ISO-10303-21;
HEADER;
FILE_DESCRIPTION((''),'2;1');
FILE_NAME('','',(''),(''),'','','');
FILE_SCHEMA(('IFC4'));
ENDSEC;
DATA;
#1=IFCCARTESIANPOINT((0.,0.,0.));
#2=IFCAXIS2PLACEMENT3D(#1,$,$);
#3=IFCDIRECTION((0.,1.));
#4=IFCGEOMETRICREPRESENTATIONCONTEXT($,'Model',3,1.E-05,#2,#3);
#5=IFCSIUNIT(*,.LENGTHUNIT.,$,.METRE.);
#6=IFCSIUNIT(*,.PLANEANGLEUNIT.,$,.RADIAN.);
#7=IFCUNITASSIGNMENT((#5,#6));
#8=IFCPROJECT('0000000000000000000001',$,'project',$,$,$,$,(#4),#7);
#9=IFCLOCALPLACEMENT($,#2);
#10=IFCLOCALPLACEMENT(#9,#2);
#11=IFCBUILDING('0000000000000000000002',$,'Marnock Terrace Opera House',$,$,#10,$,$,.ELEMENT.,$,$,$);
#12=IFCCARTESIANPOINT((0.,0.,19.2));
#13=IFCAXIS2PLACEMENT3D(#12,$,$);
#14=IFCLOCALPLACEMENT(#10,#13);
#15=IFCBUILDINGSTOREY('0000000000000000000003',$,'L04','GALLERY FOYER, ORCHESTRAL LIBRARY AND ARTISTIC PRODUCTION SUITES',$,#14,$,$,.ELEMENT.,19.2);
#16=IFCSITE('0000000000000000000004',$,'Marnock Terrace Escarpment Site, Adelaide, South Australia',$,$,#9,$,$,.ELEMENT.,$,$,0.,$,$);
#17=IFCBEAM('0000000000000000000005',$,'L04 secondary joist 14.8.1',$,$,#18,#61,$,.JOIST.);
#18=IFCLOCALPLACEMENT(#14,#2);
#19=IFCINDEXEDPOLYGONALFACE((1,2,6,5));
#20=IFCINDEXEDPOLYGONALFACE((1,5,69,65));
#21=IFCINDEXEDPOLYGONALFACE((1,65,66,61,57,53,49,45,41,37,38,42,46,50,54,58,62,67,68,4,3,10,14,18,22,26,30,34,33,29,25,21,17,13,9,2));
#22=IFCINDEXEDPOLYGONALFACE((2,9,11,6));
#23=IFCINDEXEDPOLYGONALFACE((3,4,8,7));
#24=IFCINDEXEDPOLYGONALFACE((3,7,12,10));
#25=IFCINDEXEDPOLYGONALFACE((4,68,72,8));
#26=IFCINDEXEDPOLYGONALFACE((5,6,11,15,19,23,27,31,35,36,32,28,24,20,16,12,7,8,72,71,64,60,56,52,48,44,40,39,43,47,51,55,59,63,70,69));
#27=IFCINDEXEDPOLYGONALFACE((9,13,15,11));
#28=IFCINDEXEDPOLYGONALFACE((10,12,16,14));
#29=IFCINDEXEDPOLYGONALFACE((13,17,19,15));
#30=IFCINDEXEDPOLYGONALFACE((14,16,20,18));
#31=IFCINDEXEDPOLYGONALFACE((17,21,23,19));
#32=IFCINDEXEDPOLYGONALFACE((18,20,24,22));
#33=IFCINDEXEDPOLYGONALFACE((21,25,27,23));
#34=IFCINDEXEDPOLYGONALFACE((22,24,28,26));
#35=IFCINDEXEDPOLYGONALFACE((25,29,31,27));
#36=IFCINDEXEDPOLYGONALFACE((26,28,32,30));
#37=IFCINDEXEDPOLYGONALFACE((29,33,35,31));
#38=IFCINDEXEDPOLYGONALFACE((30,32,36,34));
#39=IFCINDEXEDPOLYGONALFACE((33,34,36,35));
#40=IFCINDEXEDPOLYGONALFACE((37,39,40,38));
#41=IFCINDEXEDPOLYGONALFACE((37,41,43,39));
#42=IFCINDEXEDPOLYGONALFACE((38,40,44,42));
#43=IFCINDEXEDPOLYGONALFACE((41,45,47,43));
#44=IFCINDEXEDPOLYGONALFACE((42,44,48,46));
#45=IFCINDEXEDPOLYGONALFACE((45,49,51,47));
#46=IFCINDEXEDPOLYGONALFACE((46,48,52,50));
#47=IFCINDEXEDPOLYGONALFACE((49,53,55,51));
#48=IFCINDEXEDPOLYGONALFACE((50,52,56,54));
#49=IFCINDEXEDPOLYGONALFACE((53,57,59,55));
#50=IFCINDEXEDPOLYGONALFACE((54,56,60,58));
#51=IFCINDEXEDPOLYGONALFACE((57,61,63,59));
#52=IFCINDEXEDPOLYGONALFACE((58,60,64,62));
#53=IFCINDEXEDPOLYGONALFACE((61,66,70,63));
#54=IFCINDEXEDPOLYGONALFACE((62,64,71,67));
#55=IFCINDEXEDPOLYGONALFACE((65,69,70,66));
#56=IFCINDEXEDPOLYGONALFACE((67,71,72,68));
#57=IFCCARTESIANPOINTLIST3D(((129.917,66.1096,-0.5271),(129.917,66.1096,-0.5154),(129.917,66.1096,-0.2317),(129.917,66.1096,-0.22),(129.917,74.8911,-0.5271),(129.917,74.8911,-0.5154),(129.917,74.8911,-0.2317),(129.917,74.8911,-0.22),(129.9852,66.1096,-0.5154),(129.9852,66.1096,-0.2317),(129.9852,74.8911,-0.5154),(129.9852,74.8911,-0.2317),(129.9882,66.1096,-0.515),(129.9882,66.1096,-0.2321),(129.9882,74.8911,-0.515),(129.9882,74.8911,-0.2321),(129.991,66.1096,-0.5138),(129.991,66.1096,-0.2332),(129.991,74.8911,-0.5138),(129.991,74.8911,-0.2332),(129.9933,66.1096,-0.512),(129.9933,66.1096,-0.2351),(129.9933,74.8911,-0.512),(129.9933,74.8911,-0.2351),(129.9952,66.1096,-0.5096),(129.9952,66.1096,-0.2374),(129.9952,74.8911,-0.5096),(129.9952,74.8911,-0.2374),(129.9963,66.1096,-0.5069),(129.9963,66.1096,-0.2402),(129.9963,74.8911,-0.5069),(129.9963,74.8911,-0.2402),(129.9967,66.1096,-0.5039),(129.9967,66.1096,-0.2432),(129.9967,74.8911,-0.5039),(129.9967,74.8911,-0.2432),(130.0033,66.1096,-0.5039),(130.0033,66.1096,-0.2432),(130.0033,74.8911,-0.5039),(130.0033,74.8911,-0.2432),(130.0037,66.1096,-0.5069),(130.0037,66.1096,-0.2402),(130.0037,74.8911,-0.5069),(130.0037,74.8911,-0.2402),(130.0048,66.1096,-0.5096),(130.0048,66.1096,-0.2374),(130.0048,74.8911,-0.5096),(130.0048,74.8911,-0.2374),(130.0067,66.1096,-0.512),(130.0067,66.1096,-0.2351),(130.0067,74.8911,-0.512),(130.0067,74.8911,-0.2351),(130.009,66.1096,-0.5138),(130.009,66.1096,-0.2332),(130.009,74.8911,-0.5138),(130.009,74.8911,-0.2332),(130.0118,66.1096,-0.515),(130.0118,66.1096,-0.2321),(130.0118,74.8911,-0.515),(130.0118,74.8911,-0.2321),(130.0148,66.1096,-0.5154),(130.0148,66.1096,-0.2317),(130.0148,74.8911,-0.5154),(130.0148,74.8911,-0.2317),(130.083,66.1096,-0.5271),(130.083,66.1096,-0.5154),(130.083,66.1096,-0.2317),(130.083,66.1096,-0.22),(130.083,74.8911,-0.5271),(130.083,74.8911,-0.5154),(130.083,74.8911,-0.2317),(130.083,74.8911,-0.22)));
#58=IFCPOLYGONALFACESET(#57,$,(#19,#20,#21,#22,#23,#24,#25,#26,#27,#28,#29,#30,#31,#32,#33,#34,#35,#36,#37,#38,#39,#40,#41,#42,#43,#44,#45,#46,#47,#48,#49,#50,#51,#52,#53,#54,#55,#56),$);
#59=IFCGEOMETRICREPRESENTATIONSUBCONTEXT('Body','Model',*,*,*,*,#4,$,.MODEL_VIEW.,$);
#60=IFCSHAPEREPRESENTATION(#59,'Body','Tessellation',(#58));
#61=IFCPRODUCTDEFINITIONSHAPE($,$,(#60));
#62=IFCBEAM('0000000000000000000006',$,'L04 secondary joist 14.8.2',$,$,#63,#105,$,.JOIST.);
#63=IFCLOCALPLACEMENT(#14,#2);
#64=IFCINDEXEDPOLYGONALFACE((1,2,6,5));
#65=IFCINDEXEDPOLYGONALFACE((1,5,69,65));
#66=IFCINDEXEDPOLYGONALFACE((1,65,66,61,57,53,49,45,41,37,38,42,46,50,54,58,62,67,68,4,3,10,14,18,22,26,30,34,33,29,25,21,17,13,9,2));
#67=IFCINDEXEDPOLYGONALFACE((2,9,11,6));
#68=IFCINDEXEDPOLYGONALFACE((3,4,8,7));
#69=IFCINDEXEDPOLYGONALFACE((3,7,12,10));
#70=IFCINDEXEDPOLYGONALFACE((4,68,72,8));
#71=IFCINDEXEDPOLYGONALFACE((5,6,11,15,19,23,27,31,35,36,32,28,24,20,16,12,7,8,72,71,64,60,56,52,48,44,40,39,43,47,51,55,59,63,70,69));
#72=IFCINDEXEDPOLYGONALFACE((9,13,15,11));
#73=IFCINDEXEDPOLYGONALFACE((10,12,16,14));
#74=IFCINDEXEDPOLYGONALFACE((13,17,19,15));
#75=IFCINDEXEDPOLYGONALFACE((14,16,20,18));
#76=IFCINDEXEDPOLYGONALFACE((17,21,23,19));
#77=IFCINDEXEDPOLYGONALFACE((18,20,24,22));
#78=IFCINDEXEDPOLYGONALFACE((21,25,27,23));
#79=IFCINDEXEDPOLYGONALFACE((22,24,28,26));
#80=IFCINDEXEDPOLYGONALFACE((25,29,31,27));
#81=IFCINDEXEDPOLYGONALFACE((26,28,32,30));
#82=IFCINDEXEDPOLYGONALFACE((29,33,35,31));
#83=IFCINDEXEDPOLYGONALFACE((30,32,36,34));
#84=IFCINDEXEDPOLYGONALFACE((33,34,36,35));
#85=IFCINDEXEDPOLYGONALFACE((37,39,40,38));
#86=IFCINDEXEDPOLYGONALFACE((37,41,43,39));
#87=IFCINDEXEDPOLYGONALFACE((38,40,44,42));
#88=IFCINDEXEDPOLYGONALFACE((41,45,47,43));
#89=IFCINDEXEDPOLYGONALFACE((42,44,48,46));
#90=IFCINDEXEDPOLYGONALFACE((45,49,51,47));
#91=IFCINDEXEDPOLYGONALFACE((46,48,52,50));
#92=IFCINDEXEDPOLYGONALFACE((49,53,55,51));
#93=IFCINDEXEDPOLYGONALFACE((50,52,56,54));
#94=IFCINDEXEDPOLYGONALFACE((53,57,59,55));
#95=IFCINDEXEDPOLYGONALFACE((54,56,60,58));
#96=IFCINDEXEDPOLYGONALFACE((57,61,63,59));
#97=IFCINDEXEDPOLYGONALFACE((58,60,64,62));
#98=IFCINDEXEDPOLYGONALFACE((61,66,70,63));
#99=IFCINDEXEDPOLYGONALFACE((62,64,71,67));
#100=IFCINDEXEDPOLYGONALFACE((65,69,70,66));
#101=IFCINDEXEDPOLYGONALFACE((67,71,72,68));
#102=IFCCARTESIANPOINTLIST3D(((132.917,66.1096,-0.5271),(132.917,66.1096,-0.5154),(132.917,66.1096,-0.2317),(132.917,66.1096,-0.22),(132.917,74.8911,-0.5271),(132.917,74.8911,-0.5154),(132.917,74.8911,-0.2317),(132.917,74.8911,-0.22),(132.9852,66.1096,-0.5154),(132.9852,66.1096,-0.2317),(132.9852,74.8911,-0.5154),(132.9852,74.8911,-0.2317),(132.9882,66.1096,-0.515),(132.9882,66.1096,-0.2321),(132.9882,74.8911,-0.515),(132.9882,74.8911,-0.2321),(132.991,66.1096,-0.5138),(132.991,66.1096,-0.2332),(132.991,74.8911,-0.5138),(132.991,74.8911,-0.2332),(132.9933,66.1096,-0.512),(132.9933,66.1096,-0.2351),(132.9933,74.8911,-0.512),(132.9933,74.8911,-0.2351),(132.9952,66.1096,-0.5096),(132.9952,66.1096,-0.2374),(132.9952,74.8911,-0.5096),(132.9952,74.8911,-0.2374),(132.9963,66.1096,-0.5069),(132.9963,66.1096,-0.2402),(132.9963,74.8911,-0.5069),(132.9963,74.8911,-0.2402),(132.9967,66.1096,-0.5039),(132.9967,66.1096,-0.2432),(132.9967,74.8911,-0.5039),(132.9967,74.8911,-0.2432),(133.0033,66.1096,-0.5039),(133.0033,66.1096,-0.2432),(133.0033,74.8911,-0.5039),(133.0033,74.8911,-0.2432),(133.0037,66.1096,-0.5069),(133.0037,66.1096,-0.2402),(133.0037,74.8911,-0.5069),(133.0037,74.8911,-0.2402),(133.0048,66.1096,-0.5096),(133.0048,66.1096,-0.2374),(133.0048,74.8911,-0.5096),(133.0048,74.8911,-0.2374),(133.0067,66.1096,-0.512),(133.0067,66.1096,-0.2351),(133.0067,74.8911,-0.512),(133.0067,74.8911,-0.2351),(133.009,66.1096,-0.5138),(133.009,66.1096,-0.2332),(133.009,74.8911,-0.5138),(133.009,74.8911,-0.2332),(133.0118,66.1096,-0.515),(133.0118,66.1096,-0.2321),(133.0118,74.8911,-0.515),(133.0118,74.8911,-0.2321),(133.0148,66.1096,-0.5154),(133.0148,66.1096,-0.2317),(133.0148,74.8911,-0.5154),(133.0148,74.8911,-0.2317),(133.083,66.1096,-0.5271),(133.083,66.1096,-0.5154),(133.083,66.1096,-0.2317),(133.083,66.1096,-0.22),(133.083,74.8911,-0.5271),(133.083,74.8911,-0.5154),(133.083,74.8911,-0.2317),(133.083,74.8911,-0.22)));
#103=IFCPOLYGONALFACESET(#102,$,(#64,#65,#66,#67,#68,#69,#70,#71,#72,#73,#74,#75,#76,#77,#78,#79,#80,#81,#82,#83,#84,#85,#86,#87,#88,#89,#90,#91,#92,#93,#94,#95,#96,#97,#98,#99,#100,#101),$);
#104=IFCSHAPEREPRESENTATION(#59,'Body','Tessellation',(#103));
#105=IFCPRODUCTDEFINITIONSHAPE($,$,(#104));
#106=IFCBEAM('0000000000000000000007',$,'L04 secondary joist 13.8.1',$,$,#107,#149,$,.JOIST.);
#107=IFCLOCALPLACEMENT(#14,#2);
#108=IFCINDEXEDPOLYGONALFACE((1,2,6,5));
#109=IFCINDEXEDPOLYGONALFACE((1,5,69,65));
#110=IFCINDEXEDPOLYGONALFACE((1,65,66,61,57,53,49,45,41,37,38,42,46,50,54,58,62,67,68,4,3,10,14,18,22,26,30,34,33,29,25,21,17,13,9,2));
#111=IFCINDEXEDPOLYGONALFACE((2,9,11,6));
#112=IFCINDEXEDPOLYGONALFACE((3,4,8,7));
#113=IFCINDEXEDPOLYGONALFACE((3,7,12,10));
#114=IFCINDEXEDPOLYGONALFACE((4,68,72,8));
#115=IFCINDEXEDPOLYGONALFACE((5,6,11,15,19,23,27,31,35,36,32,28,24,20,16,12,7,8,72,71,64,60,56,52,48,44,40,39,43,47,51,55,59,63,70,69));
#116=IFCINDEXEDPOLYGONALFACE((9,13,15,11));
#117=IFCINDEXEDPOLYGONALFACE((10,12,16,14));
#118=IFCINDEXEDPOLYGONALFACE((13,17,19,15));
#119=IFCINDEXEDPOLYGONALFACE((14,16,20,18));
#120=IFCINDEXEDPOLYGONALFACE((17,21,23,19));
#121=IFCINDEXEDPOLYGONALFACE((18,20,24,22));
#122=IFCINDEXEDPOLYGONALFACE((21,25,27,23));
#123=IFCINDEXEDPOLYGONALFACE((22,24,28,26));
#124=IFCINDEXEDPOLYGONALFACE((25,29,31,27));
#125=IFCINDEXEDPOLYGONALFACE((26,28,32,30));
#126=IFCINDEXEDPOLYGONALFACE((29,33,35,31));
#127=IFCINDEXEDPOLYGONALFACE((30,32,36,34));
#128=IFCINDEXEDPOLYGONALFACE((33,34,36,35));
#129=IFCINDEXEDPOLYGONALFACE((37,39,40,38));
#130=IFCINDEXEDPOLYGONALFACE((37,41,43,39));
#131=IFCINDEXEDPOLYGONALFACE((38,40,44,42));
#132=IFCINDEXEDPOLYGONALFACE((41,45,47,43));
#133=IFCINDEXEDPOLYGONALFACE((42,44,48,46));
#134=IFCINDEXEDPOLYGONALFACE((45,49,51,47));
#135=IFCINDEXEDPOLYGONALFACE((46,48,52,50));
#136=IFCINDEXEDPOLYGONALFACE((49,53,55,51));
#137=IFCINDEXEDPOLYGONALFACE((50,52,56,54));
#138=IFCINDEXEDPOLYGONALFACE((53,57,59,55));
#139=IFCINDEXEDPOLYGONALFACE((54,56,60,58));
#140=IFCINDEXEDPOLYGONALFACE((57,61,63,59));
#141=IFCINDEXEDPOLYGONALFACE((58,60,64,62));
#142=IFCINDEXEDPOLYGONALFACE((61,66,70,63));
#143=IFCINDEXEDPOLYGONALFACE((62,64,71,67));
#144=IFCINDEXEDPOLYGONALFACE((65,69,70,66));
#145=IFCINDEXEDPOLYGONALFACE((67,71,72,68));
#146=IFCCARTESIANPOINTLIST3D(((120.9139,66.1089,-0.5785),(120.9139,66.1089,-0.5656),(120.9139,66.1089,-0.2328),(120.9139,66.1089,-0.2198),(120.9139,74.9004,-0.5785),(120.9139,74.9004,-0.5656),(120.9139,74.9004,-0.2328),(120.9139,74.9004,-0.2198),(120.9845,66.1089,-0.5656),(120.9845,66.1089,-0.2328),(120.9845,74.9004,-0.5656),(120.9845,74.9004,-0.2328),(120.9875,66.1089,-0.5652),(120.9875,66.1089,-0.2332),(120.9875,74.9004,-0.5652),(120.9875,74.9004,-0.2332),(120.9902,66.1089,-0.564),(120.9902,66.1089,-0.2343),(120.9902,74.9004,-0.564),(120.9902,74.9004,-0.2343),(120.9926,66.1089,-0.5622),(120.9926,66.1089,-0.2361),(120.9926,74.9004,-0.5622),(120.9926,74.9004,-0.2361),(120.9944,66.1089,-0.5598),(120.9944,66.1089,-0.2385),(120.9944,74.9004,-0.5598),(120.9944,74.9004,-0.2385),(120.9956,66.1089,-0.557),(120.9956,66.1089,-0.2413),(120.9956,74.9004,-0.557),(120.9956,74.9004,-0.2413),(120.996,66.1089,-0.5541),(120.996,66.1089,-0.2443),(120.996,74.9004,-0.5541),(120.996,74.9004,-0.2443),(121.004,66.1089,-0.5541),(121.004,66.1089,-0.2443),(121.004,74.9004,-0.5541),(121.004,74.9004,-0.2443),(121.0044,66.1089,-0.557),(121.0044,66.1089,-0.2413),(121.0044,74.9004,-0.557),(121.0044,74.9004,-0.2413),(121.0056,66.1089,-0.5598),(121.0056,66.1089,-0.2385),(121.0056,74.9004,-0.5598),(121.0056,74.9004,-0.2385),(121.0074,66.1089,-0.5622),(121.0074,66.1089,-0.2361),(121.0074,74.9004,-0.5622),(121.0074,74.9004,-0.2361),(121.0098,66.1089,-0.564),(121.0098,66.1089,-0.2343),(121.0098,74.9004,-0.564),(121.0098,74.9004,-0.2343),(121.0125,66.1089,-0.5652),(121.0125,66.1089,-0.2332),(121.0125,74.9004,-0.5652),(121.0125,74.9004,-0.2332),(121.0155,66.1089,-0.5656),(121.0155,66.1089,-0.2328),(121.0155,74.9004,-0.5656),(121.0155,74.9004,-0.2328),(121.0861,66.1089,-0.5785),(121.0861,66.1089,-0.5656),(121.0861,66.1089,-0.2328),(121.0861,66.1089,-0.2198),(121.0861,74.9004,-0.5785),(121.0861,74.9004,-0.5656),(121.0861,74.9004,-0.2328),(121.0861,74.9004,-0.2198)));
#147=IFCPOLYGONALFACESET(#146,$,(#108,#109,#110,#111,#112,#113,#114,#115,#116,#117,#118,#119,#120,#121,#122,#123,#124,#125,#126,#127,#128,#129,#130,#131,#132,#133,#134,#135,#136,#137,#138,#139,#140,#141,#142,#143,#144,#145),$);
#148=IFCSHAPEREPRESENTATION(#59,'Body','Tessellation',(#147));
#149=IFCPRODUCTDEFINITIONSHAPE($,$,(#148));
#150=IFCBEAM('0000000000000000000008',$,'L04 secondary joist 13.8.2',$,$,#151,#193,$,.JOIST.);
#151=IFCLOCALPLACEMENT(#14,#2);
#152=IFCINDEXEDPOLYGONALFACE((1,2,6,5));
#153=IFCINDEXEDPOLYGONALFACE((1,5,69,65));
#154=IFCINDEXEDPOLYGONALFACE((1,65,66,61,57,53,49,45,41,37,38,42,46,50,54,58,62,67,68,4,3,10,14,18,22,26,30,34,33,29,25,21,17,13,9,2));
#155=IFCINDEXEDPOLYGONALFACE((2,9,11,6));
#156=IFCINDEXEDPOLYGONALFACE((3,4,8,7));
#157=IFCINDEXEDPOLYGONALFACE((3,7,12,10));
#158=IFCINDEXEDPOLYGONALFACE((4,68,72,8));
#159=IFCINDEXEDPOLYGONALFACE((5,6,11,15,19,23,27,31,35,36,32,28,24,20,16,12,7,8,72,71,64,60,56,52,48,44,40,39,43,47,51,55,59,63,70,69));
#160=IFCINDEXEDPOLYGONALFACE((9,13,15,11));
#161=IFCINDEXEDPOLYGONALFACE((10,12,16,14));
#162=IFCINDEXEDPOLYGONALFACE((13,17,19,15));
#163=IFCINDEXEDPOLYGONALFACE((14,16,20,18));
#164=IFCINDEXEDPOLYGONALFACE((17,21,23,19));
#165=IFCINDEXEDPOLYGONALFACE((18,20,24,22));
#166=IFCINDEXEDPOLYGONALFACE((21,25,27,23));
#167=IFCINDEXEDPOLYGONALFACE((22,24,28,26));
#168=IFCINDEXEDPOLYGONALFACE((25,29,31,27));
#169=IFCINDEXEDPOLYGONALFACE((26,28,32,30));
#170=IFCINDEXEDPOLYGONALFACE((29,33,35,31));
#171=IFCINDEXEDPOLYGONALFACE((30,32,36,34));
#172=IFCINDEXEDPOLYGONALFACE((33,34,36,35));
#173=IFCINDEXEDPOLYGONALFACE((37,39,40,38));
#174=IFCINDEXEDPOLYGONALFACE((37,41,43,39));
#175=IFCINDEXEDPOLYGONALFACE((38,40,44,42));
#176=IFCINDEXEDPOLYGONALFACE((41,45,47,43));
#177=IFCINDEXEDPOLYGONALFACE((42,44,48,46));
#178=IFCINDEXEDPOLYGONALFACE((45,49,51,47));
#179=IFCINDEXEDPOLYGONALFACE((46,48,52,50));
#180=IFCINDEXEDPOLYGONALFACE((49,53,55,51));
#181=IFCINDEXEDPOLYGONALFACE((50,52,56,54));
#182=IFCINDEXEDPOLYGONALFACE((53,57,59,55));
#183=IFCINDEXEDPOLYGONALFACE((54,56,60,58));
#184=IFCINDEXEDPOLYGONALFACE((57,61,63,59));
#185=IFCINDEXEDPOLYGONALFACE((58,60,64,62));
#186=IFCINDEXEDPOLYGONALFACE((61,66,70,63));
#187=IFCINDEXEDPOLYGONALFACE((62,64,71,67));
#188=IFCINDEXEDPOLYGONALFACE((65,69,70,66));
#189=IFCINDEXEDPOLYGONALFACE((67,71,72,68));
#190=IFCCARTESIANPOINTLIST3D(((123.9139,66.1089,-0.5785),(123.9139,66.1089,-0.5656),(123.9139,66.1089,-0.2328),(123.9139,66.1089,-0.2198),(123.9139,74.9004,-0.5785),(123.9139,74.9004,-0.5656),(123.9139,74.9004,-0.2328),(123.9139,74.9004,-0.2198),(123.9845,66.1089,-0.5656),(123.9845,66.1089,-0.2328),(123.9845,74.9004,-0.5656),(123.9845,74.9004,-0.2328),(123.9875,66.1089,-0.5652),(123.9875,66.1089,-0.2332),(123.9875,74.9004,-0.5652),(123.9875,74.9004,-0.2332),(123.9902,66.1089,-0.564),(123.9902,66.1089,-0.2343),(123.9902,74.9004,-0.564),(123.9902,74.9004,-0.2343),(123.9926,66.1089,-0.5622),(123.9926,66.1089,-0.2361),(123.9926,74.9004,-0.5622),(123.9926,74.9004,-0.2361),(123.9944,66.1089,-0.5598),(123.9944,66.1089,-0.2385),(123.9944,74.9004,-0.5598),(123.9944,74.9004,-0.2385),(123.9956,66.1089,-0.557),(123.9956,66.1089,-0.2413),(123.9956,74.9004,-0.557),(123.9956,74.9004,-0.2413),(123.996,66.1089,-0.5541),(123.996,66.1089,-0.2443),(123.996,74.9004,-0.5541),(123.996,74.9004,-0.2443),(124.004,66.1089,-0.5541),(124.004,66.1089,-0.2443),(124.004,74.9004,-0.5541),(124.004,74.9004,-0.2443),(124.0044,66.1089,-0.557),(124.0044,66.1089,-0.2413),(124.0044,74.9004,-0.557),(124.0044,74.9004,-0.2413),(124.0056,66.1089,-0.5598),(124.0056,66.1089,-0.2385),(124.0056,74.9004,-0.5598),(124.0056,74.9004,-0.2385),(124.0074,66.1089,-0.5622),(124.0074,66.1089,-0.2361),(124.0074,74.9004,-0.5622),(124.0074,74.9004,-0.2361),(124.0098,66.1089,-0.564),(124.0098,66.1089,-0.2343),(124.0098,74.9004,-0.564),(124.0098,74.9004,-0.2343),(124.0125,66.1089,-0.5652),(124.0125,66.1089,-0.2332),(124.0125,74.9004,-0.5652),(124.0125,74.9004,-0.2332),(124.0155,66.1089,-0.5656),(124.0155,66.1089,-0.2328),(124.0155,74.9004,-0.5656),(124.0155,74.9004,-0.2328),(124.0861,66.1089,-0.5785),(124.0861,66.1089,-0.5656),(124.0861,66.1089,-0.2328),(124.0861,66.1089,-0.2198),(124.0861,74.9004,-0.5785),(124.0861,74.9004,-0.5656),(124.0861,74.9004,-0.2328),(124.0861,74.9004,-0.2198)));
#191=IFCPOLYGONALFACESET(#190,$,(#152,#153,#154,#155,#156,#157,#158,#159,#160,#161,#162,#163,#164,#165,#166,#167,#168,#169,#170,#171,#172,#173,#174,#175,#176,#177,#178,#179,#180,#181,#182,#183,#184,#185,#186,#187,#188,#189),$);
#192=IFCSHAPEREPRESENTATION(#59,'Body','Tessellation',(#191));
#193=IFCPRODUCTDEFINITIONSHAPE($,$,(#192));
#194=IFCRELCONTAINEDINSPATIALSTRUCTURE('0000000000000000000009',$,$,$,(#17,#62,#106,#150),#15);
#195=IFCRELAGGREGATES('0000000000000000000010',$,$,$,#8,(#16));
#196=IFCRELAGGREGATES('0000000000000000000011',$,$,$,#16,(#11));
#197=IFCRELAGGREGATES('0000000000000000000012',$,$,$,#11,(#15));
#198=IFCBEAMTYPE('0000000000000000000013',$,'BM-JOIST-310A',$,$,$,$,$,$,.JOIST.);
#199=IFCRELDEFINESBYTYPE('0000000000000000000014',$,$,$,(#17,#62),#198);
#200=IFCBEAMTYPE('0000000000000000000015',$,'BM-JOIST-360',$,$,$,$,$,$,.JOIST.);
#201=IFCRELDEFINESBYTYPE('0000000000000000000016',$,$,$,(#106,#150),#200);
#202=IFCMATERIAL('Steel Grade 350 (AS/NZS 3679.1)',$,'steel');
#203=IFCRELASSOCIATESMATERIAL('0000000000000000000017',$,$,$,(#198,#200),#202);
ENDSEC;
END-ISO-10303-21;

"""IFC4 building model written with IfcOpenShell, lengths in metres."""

from ifc_helpers import new_model, si_unit, direction, frame, origin, origin_2d, place, context, subcontext, project, spatial, i_section, extrude, material, material_profile, profile_set, type_object, element, save


model = new_model("IFC4")

# Units and contexts
model_context = context("Model", 3, precision=1e-05, world=origin(), true_north=direction((0.0, 1.0)))
body_context = subcontext(model_context, "Body", "Model", "MODEL_VIEW")
ifc_project = project(units=[si_unit("LENGTHUNIT", "METRE"), si_unit("PLANEANGLEUNIT", "RADIAN")], contexts=[model_context])

# Site, building, storey
site_placement = place(None, origin())
site = spatial("IfcSite", under=ifc_project, at=site_placement, Name="Marnock Terrace Escarpment Site, Adelaide, South Australia", CompositionType="ELEMENT", RefElevation=0.0)
building_placement = place(site_placement, origin())
building = spatial("IfcBuilding", under=site, at=building_placement, Name="Marnock Terrace Opera House", CompositionType="ELEMENT")
storey_placement = place(building_placement, frame((0.0, 0.0, 19.2)))
storey = spatial("IfcBuildingStorey", under=building, at=storey_placement, Name="L04", Description="GALLERY FOYER, ORCHESTRAL LIBRARY AND ARTISTIC PRODUCTION SUITES", CompositionType="ELEMENT", Elevation=19.2)

# Beams
ifc_material_1 = material(Name="Steel Grade 350 (AS/NZS 3679.1)", Category="steel")
ifc_material_profile_1 = material_profile(ifc_material_1, i_section(OverallWidth=0.166, OverallDepth=0.3071, WebThickness=0.0066, FlangeThickness=0.0117, FilletRadius=0.0115, at=origin_2d()))
ifc_profile_set_1 = profile_set([ifc_material_profile_1], Name="Steel Grade 350 (AS/NZS 3679.1)")
beam_type_1 = type_object("IfcBeamType", Name="BM-JOIST-310A", PredefinedType="JOIST", material=ifc_profile_set_1)
for number, where, z_axis, x_axis, name in (
    (1, (130.0, 66.1096, -0.3735), (0.0, 1.0, 0.0), (-1.0, 0.0, 0.0), "L04 secondary joist 14.8.1"),
    (2, (133.0, 66.1096, -0.3735), (0.0, 1.0, 0.0), (-1.0, 0.0, 0.0), "L04 secondary joist 14.8.2"),
):
    element("IfcBeam", number, at=place(storey_placement, frame(where, z_axis=z_axis, x_axis=x_axis)), inside=storey, type_object=beam_type_1, Name=name, PredefinedType="JOIST", context=body_context, shape_type="SweptSolid", body=[
        extrude(i_section(OverallWidth=0.166, OverallDepth=0.3071, WebThickness=0.0066, FlangeThickness=0.0117, FilletRadius=0.0115, at=origin_2d()), origin(), (0.0, 0.0, 1.0), 8.7815),
    ])
ifc_material_profile_2 = material_profile(ifc_material_1, i_section(OverallWidth=0.1721, OverallDepth=0.3586, WebThickness=0.0081, FlangeThickness=0.0129, FilletRadius=0.0115, at=origin_2d()))
ifc_profile_set_2 = profile_set([ifc_material_profile_2], Name="Steel Grade 350 (AS/NZS 3679.1)")
beam_type_2 = type_object("IfcBeamType", Name="BM-JOIST-360", PredefinedType="JOIST", material=ifc_profile_set_2)
for number, where, z_axis, x_axis, name in (
    (3, (121.0, 66.1089, -0.3992), (0.0, 1.0, 0.0), (-1.0, 0.0, 0.0), "L04 secondary joist 13.8.1"),
    (4, (124.0, 66.1089, -0.3992), (0.0, 1.0, 0.0), (-1.0, 0.0, 0.0), "L04 secondary joist 13.8.2"),
):
    element("IfcBeam", number, at=place(storey_placement, frame(where, z_axis=z_axis, x_axis=x_axis)), inside=storey, type_object=beam_type_2, Name=name, PredefinedType="JOIST", context=body_context, shape_type="SweptSolid", body=[
        extrude(i_section(OverallWidth=0.1721, OverallDepth=0.3586, WebThickness=0.0081, FlangeThickness=0.0129, FilletRadius=0.0115, at=origin_2d()), origin(), (0.0, 0.0, 1.0), 8.7915),
    ])

save(model, "model.ifc")
